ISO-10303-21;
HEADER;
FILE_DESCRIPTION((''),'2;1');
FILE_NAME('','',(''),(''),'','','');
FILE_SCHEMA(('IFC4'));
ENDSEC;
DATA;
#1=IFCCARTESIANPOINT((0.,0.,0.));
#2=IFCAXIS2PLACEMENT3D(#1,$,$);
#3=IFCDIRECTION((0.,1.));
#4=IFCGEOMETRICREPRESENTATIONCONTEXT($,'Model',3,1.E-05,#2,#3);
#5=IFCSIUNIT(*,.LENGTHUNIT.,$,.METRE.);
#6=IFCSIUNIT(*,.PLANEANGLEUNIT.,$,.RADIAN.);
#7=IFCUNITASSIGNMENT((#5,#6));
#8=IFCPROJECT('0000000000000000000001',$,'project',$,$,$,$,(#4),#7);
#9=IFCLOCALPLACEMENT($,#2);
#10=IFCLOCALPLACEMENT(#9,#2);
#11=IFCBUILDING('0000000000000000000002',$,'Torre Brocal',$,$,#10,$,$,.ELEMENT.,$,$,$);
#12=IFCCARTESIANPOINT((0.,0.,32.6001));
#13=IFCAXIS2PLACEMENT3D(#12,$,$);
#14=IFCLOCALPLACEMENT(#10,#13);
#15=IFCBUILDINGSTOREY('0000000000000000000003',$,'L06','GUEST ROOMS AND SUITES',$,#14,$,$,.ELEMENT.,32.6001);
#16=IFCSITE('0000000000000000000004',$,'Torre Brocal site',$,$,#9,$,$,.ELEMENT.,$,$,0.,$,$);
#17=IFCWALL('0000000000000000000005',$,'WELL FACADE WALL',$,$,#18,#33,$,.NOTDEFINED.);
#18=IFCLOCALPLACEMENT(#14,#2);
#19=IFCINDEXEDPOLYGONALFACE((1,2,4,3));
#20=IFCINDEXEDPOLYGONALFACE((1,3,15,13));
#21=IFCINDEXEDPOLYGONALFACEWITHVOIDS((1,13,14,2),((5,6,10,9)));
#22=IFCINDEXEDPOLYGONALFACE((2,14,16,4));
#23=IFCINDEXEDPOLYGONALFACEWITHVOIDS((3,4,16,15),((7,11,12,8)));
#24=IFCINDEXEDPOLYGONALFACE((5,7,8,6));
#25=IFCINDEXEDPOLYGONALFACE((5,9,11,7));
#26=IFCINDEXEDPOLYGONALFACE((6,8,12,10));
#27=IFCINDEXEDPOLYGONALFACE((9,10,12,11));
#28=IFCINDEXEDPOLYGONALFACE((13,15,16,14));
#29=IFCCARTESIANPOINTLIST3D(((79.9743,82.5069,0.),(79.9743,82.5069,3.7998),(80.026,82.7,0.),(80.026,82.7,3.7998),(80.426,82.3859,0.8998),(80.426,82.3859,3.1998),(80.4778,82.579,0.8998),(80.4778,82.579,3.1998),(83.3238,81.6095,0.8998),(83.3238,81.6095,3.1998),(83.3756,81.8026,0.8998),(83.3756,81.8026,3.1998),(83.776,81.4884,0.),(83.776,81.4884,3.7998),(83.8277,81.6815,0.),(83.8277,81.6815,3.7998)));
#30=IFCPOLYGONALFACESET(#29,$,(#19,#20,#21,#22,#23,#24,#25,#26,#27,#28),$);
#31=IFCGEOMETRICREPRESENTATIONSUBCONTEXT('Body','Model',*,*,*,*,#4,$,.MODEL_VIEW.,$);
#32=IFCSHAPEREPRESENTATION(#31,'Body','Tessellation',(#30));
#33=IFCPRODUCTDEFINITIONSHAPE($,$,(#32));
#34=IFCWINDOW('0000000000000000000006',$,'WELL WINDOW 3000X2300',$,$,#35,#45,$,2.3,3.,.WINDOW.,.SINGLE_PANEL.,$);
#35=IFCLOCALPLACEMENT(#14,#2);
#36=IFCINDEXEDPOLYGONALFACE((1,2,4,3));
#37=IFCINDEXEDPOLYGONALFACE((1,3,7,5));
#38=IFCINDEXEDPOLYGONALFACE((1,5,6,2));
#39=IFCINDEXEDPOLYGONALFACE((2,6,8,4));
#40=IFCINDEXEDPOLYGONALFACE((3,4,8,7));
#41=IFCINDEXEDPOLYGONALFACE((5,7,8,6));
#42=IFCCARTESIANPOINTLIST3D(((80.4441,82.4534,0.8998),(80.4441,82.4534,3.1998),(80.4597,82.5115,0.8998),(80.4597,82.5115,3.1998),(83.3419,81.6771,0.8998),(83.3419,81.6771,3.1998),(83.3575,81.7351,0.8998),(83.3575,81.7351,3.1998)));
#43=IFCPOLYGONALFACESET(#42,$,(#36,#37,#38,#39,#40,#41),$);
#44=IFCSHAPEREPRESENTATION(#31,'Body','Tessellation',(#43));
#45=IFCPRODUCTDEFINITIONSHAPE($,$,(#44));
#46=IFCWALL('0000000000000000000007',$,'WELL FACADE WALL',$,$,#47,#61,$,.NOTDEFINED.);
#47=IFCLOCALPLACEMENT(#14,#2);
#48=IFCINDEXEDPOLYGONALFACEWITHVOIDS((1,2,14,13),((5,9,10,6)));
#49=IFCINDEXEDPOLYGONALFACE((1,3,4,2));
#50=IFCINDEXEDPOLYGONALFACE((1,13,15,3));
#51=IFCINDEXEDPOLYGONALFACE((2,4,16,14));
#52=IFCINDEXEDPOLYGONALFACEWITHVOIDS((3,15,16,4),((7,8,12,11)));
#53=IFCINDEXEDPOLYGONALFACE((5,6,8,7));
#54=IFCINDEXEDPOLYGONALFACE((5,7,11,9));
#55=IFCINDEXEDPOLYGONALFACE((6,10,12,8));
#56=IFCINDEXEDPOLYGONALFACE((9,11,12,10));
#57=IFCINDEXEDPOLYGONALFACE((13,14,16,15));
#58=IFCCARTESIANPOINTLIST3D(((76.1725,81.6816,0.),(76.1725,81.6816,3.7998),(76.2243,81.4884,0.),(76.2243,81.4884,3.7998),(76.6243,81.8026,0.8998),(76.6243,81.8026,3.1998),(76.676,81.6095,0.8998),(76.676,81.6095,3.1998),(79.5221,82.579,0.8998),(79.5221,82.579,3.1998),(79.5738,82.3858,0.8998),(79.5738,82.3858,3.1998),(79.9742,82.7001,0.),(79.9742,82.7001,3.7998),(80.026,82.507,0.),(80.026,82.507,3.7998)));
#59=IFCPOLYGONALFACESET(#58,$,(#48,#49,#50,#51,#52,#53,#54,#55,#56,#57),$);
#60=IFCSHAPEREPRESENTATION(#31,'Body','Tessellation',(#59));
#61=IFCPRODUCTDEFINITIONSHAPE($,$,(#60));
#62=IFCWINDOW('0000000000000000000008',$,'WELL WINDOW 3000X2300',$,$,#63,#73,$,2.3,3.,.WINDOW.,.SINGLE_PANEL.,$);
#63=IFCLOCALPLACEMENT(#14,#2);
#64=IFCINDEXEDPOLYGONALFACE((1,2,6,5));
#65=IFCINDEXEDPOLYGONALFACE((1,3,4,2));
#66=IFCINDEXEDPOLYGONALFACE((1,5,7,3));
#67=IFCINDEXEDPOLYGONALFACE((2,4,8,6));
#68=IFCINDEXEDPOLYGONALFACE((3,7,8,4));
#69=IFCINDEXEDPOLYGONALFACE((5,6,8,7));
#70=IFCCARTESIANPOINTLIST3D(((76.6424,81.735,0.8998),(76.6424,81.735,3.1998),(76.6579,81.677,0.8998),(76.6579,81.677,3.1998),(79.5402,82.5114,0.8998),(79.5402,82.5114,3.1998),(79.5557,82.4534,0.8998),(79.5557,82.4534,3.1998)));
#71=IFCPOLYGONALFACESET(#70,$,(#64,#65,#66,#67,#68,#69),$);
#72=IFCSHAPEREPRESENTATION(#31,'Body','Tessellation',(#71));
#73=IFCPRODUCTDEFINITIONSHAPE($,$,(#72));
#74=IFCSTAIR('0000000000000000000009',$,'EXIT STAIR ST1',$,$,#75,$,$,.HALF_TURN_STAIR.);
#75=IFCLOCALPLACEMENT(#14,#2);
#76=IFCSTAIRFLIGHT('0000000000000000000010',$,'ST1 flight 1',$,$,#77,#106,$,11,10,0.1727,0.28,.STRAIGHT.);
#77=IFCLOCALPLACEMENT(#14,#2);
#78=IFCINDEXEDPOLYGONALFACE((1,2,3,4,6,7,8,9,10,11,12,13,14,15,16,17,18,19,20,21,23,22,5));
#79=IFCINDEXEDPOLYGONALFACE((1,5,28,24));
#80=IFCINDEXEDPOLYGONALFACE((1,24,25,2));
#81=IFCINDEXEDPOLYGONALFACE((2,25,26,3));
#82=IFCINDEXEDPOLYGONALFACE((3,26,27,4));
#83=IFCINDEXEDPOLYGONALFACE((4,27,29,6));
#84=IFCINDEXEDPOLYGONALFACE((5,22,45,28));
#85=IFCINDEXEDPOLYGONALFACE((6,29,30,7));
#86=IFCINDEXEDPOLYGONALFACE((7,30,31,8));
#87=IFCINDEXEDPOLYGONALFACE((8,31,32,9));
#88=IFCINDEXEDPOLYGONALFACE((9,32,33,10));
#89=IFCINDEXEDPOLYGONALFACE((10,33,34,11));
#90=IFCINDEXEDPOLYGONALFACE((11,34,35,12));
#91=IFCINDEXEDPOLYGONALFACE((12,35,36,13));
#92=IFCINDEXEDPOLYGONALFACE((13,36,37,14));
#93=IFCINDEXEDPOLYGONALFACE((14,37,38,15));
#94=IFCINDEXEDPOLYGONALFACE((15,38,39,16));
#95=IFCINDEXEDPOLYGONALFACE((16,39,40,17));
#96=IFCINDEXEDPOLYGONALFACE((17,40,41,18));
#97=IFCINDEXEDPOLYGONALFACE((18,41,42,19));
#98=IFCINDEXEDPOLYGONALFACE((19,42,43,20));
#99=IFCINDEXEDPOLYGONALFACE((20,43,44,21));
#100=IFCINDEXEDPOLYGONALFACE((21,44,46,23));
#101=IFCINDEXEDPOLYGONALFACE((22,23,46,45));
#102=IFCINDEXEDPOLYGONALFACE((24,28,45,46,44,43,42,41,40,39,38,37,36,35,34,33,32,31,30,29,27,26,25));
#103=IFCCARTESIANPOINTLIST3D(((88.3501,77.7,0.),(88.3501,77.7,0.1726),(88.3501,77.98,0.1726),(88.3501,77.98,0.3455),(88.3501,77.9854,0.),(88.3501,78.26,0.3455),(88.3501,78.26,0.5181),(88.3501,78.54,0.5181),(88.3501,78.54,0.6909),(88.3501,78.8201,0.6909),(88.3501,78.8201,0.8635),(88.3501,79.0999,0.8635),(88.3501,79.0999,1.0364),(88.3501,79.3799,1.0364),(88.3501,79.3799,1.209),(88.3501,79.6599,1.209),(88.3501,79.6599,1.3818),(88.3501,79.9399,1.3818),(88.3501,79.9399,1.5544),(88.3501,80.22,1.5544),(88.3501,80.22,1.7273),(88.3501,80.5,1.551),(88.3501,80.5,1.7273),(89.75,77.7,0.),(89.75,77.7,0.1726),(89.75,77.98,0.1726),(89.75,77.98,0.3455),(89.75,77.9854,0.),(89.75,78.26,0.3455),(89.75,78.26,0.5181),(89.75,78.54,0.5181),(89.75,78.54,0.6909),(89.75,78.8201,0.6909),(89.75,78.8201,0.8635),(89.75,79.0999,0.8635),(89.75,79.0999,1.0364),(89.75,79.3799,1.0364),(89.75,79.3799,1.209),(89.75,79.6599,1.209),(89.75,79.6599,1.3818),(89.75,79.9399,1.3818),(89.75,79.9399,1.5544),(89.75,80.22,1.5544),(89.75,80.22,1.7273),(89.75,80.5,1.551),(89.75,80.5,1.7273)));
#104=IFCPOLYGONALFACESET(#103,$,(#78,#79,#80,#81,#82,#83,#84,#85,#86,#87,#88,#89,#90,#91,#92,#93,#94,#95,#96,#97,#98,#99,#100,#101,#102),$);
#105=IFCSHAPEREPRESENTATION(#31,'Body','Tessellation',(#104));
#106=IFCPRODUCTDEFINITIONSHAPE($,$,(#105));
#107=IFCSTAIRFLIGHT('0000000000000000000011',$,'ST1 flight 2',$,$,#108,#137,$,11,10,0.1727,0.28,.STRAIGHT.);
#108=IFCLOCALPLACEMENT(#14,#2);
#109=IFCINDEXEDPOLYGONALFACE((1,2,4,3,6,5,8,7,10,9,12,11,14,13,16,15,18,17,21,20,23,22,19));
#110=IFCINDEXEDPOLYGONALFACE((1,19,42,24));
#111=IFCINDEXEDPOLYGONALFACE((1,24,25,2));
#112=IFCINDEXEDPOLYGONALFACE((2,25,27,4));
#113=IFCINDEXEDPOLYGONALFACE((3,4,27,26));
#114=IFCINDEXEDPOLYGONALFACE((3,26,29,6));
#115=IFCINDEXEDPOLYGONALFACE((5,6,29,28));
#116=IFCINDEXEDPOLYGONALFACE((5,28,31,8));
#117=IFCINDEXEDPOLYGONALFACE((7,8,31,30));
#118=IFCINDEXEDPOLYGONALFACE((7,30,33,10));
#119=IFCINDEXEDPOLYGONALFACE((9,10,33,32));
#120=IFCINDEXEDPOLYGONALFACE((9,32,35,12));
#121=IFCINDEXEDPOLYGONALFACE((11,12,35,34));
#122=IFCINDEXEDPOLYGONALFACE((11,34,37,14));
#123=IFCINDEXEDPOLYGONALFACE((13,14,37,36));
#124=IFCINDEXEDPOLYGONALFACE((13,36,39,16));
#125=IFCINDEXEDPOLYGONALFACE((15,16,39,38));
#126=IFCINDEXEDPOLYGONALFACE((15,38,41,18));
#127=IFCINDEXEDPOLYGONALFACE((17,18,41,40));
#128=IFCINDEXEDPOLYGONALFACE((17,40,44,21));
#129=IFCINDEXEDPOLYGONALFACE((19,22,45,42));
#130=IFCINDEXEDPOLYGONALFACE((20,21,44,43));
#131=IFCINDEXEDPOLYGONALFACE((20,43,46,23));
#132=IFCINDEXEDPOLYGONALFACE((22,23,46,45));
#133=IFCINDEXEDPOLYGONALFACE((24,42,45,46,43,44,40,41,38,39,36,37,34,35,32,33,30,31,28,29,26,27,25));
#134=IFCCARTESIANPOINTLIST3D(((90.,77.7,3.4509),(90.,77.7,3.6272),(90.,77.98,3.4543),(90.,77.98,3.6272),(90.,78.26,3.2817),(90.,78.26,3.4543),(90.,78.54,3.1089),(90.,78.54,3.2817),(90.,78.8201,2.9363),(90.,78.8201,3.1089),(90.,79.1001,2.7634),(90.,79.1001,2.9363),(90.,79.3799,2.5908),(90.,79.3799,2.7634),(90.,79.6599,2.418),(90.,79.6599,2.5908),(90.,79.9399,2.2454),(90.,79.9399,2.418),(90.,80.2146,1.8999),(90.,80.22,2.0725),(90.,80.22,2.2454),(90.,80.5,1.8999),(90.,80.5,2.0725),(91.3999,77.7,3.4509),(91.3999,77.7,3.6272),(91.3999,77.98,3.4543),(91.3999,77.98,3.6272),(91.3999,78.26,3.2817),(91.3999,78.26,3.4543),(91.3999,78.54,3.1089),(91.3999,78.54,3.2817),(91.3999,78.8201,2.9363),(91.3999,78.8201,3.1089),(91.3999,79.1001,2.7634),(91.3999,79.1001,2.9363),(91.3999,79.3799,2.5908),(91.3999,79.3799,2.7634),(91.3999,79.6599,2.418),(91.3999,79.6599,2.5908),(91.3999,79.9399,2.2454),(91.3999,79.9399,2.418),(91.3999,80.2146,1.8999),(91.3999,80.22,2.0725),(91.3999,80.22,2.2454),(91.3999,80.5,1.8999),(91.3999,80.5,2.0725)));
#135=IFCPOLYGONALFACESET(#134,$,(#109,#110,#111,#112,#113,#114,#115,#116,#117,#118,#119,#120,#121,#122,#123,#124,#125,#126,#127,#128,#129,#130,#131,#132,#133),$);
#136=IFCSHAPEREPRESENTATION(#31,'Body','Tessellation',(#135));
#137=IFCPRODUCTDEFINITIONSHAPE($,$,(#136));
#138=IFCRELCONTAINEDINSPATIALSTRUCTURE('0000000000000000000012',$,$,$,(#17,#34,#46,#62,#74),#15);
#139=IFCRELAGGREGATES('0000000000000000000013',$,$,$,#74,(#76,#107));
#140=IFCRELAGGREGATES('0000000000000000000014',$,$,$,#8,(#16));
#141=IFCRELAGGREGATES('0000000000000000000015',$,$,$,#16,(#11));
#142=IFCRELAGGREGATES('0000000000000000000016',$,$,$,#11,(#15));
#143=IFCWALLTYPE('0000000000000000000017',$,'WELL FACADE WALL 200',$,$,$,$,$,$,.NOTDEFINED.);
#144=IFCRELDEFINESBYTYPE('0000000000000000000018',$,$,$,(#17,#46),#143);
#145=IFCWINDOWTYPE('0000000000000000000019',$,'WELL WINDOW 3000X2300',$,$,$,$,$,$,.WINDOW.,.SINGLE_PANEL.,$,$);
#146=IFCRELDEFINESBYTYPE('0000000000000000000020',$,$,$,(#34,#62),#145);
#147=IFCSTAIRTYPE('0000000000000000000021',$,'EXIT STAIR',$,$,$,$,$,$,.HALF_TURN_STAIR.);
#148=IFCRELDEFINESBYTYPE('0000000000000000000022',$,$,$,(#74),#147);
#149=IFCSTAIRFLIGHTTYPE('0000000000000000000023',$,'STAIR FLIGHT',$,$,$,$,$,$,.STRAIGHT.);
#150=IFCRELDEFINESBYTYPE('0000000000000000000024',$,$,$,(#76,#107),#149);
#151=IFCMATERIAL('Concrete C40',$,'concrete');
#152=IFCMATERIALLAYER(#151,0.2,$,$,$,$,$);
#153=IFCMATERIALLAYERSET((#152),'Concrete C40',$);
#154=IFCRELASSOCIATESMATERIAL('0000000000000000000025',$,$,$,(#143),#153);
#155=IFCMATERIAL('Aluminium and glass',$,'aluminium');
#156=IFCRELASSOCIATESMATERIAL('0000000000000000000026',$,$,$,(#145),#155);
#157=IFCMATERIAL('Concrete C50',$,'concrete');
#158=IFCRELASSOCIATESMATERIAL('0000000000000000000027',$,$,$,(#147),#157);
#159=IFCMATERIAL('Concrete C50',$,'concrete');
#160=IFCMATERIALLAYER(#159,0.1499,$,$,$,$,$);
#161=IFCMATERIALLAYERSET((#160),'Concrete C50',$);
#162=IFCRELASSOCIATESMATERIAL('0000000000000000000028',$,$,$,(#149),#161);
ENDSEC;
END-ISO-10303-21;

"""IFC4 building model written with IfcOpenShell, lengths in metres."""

from ifc_helpers import new_model, si_unit, direction, frame, frame_2d, origin, place, context, subcontext, project, spatial, polyline, rectangle, outline, extrude, material, layer, layer_set, type_object, element, fill, aggregate, save


model = new_model("IFC4")

# Units and contexts
model_context = context("Model", 3, precision=1e-05, world=origin(), true_north=direction((0.0, 1.0)))
body_context = subcontext(model_context, "Body", "Model", "MODEL_VIEW")
ifc_project = project(units=[si_unit("LENGTHUNIT", "METRE"), si_unit("PLANEANGLEUNIT", "RADIAN")], contexts=[model_context])

# Site, building, storey
site_placement = place(None, origin())
site = spatial("IfcSite", under=ifc_project, at=site_placement, Name="Torre Brocal site", CompositionType="ELEMENT", RefElevation=0.0)
building_placement = place(site_placement, origin())
building = spatial("IfcBuilding", under=site, at=building_placement, Name="Torre Brocal", CompositionType="ELEMENT")
storey_placement = place(building_placement, frame((0.0, 0.0, 32.6001)))
storey = spatial("IfcBuildingStorey", under=building, at=storey_placement, Name="L06", Description="GUEST ROOMS AND SUITES", CompositionType="ELEMENT", Elevation=32.6001)

# Walls, openings, windows
ifc_material_1 = material(Name="Concrete C40", Category="concrete")
ifc_layer_1 = layer(ifc_material_1, 0.2)
ifc_layer_set_1 = layer_set([ifc_layer_1], Name="Concrete C40")
wall_type_1 = type_object("IfcWallType", Name="WELL FACADE WALL 200", PredefinedType="NOTDEFINED", material=ifc_layer_set_1)
ifc_material_2 = material(Name="Aluminium and glass", Category="aluminium")
window_type = type_object("IfcWindowType", Name="WELL WINDOW 3000X2300", PartitioningType="SINGLE_PANEL", PredefinedType="WINDOW", material=ifc_material_2)
wall_1_placement = place(storey_placement, frame((83.8018, 81.585, 0.0), z_axis=(0.0, 0.0, 1.0), x_axis=(-0.965934, 0.25879, 0.0)))
wall_1 = element("IfcWall", 1, at=wall_1_placement, inside=storey, type_object=wall_type_1, Name="WELL FACADE WALL", PredefinedType="NOTDEFINED", context=body_context, shape_type="SweptSolid", body=[
    extrude(rectangle(XDim=3.9358, YDim=0.2, at=frame_2d((1.9678, 0.0))), origin(), (0.0, 0.0, 1.0), 3.7998),
])
opening_1_placement = place(wall_1_placement, frame((0.468, 0.0, 0.8999)))
opening_1 = element("IfcOpeningElement", 2, at=opening_1_placement, cuts=wall_1, PredefinedType="OPENING", context=body_context, shape_type="SweptSolid", body=[
    extrude(rectangle(XDim=3.0, YDim=2.3, at=frame_2d((1.5, 1.1499))), frame((0.0, 0.1099, 0.0), z_axis=(0.0, -1.0, 0.0), x_axis=(1.0, 0.0, 0.0)), (0.0, 0.0, 1.0), 0.22),
])
window_1_placement = place(opening_1_placement, origin())
window_1 = element("IfcWindow", 3, at=window_1_placement, inside=storey, type_object=window_type, Name="WELL WINDOW 3000X2300", OverallHeight=2.3, OverallWidth=3.0, PartitioningType="SINGLE_PANEL", PredefinedType="WINDOW", context=body_context, shape_type="SweptSolid", body=[
    extrude(rectangle(XDim=3.0, YDim=2.3, at=frame_2d((1.5, 1.1499))), frame((0.0, 0.03, 0.0), z_axis=(0.0, -1.0, 0.0), x_axis=(1.0, 0.0, 0.0)), (0.0, 0.0, 1.0), 0.0601),
])
fill(opening_1, window_1)
wall_2_placement = place(storey_placement, frame((80.0, 82.6035, 0.0), z_axis=(0.0, 0.0, 1.0), x_axis=(-0.965934, -0.25879, 0.0)))
wall_2 = element("IfcWall", 4, at=wall_2_placement, inside=storey, type_object=wall_type_1, Name="WELL FACADE WALL", PredefinedType="NOTDEFINED", context=body_context, shape_type="SweptSolid", body=[
    extrude(rectangle(XDim=3.9358, YDim=0.2, at=frame_2d((1.9678, 0.0))), origin(), (0.0, 0.0, 1.0), 3.7998),
])
opening_2_placement = place(wall_2_placement, frame((0.468, 0.0, 0.8999)))
opening_2 = element("IfcOpeningElement", 5, at=opening_2_placement, cuts=wall_2, PredefinedType="OPENING", context=body_context, shape_type="SweptSolid", body=[
    extrude(rectangle(XDim=3.0, YDim=2.3, at=frame_2d((1.5, 1.1499))), frame((0.0, 0.1099, 0.0), z_axis=(0.0, -1.0, 0.0), x_axis=(1.0, 0.0, 0.0)), (0.0, 0.0, 1.0), 0.22),
])
window_2_placement = place(opening_2_placement, origin())
window_2 = element("IfcWindow", 6, at=window_2_placement, inside=storey, type_object=window_type, Name="WELL WINDOW 3000X2300", OverallHeight=2.3, OverallWidth=3.0, PartitioningType="SINGLE_PANEL", PredefinedType="WINDOW", context=body_context, shape_type="SweptSolid", body=[
    extrude(rectangle(XDim=3.0, YDim=2.3, at=frame_2d((1.5, 1.1499))), frame((0.0, 0.03, 0.0), z_axis=(0.0, -1.0, 0.0), x_axis=(1.0, 0.0, 0.0)), (0.0, 0.0, 1.0), 0.0601),
])
fill(opening_2, window_2)

# Stair, stair flights
ifc_material_3 = material(Name="Concrete C50", Category="concrete")
stair_type = type_object("IfcStairType", Name="EXIT STAIR", PredefinedType="HALF_TURN_STAIR", material=ifc_material_3)
stair_placement = place(storey_placement, origin())
stair = element("IfcStair", 7, at=stair_placement, inside=storey, type_object=stair_type, Name="EXIT STAIR ST1", PredefinedType="HALF_TURN_STAIR")
ifc_material_4 = material(Name="Concrete C50", Category="concrete")
ifc_layer_2 = layer(ifc_material_4, 0.1499)
ifc_layer_set_2 = layer_set([ifc_layer_2], Name="Concrete C50")
stair_flight_type = type_object("IfcStairFlightType", Name="STAIR FLIGHT", PredefinedType="STRAIGHT", material=ifc_layer_set_2)
stair_flight_1_placement = place(storey_placement, frame((89.05, 77.7, 0.0), z_axis=(0.0, 0.0, 1.0), x_axis=(0.0, 1.0, 0.0)))
stair_flight_1 = element("IfcStairFlight", 8, at=stair_flight_1_placement, type_object=stair_flight_type, Name="ST1 flight 1", NumberOfRisers=11, NumberOfTreads=10, PredefinedType="STRAIGHT", RiserHeight=0.1727, TreadLength=0.28, context=body_context, shape_type="SweptSolid", body=[
    extrude(outline(polyline([(0.0, 0.0), (0.0, 0.1726), (0.28, 0.1726), (0.28, 0.3455), (0.5601, 0.3455), (0.5601, 0.5181), (0.8401, 0.5181), (0.8401, 0.6909), (1.1201, 0.6909), (1.1201, 0.8635), (1.3999, 0.8635), (1.3999, 1.0364), (1.6799, 1.0364), (1.6799, 1.209), (1.96, 1.209), (1.96, 1.3818), (2.24, 1.3818), (2.24, 1.5544), (2.52, 1.5544), (2.52, 1.7273), (2.8, 1.7273), (2.8, 1.8999), (2.8, 1.551), (0.2854, 0.0), (0.0, 0.0)])), frame((0.0, 0.7, 0.0), z_axis=(0.0, -1.0, 0.0), x_axis=(1.0, 0.0, 0.0)), (0.0, 0.0, 1.0), 1.3999),
])
stair_flight_2_placement = place(storey_placement, frame((90.7, 80.5, 1.8999), z_axis=(0.0, 0.0, 1.0), x_axis=(0.0, -1.0, 0.0)))
stair_flight_2 = element("IfcStairFlight", 9, at=stair_flight_2_placement, type_object=stair_flight_type, Name="ST1 flight 2", NumberOfRisers=11, NumberOfTreads=10, PredefinedType="STRAIGHT", RiserHeight=0.1727, TreadLength=0.28, context=body_context, shape_type="SweptSolid", body=[
    extrude(outline(polyline([(0.0, 0.0), (0.0, 0.1726), (0.28, 0.1726), (0.28, 0.3455), (0.5601, 0.3455), (0.5601, 0.5181), (0.8401, 0.5181), (0.8401, 0.6909), (1.1201, 0.6909), (1.1201, 0.8635), (1.3999, 0.8635), (1.3999, 1.0364), (1.6799, 1.0364), (1.6799, 1.209), (1.96, 1.209), (1.96, 1.3818), (2.24, 1.3818), (2.24, 1.5544), (2.52, 1.5544), (2.52, 1.7273), (2.8, 1.7273), (2.8, 1.8999), (2.8, 1.551), (0.2854, 0.0), (0.0, 0.0)])), frame((0.0, 0.7, 0.0), z_axis=(0.0, -1.0, 0.0), x_axis=(1.0, 0.0, 0.0)), (0.0, 0.0, 1.0), 1.3999),
])
aggregate(stair, [stair_flight_1, stair_flight_2])

save(model, "model.ifc")
